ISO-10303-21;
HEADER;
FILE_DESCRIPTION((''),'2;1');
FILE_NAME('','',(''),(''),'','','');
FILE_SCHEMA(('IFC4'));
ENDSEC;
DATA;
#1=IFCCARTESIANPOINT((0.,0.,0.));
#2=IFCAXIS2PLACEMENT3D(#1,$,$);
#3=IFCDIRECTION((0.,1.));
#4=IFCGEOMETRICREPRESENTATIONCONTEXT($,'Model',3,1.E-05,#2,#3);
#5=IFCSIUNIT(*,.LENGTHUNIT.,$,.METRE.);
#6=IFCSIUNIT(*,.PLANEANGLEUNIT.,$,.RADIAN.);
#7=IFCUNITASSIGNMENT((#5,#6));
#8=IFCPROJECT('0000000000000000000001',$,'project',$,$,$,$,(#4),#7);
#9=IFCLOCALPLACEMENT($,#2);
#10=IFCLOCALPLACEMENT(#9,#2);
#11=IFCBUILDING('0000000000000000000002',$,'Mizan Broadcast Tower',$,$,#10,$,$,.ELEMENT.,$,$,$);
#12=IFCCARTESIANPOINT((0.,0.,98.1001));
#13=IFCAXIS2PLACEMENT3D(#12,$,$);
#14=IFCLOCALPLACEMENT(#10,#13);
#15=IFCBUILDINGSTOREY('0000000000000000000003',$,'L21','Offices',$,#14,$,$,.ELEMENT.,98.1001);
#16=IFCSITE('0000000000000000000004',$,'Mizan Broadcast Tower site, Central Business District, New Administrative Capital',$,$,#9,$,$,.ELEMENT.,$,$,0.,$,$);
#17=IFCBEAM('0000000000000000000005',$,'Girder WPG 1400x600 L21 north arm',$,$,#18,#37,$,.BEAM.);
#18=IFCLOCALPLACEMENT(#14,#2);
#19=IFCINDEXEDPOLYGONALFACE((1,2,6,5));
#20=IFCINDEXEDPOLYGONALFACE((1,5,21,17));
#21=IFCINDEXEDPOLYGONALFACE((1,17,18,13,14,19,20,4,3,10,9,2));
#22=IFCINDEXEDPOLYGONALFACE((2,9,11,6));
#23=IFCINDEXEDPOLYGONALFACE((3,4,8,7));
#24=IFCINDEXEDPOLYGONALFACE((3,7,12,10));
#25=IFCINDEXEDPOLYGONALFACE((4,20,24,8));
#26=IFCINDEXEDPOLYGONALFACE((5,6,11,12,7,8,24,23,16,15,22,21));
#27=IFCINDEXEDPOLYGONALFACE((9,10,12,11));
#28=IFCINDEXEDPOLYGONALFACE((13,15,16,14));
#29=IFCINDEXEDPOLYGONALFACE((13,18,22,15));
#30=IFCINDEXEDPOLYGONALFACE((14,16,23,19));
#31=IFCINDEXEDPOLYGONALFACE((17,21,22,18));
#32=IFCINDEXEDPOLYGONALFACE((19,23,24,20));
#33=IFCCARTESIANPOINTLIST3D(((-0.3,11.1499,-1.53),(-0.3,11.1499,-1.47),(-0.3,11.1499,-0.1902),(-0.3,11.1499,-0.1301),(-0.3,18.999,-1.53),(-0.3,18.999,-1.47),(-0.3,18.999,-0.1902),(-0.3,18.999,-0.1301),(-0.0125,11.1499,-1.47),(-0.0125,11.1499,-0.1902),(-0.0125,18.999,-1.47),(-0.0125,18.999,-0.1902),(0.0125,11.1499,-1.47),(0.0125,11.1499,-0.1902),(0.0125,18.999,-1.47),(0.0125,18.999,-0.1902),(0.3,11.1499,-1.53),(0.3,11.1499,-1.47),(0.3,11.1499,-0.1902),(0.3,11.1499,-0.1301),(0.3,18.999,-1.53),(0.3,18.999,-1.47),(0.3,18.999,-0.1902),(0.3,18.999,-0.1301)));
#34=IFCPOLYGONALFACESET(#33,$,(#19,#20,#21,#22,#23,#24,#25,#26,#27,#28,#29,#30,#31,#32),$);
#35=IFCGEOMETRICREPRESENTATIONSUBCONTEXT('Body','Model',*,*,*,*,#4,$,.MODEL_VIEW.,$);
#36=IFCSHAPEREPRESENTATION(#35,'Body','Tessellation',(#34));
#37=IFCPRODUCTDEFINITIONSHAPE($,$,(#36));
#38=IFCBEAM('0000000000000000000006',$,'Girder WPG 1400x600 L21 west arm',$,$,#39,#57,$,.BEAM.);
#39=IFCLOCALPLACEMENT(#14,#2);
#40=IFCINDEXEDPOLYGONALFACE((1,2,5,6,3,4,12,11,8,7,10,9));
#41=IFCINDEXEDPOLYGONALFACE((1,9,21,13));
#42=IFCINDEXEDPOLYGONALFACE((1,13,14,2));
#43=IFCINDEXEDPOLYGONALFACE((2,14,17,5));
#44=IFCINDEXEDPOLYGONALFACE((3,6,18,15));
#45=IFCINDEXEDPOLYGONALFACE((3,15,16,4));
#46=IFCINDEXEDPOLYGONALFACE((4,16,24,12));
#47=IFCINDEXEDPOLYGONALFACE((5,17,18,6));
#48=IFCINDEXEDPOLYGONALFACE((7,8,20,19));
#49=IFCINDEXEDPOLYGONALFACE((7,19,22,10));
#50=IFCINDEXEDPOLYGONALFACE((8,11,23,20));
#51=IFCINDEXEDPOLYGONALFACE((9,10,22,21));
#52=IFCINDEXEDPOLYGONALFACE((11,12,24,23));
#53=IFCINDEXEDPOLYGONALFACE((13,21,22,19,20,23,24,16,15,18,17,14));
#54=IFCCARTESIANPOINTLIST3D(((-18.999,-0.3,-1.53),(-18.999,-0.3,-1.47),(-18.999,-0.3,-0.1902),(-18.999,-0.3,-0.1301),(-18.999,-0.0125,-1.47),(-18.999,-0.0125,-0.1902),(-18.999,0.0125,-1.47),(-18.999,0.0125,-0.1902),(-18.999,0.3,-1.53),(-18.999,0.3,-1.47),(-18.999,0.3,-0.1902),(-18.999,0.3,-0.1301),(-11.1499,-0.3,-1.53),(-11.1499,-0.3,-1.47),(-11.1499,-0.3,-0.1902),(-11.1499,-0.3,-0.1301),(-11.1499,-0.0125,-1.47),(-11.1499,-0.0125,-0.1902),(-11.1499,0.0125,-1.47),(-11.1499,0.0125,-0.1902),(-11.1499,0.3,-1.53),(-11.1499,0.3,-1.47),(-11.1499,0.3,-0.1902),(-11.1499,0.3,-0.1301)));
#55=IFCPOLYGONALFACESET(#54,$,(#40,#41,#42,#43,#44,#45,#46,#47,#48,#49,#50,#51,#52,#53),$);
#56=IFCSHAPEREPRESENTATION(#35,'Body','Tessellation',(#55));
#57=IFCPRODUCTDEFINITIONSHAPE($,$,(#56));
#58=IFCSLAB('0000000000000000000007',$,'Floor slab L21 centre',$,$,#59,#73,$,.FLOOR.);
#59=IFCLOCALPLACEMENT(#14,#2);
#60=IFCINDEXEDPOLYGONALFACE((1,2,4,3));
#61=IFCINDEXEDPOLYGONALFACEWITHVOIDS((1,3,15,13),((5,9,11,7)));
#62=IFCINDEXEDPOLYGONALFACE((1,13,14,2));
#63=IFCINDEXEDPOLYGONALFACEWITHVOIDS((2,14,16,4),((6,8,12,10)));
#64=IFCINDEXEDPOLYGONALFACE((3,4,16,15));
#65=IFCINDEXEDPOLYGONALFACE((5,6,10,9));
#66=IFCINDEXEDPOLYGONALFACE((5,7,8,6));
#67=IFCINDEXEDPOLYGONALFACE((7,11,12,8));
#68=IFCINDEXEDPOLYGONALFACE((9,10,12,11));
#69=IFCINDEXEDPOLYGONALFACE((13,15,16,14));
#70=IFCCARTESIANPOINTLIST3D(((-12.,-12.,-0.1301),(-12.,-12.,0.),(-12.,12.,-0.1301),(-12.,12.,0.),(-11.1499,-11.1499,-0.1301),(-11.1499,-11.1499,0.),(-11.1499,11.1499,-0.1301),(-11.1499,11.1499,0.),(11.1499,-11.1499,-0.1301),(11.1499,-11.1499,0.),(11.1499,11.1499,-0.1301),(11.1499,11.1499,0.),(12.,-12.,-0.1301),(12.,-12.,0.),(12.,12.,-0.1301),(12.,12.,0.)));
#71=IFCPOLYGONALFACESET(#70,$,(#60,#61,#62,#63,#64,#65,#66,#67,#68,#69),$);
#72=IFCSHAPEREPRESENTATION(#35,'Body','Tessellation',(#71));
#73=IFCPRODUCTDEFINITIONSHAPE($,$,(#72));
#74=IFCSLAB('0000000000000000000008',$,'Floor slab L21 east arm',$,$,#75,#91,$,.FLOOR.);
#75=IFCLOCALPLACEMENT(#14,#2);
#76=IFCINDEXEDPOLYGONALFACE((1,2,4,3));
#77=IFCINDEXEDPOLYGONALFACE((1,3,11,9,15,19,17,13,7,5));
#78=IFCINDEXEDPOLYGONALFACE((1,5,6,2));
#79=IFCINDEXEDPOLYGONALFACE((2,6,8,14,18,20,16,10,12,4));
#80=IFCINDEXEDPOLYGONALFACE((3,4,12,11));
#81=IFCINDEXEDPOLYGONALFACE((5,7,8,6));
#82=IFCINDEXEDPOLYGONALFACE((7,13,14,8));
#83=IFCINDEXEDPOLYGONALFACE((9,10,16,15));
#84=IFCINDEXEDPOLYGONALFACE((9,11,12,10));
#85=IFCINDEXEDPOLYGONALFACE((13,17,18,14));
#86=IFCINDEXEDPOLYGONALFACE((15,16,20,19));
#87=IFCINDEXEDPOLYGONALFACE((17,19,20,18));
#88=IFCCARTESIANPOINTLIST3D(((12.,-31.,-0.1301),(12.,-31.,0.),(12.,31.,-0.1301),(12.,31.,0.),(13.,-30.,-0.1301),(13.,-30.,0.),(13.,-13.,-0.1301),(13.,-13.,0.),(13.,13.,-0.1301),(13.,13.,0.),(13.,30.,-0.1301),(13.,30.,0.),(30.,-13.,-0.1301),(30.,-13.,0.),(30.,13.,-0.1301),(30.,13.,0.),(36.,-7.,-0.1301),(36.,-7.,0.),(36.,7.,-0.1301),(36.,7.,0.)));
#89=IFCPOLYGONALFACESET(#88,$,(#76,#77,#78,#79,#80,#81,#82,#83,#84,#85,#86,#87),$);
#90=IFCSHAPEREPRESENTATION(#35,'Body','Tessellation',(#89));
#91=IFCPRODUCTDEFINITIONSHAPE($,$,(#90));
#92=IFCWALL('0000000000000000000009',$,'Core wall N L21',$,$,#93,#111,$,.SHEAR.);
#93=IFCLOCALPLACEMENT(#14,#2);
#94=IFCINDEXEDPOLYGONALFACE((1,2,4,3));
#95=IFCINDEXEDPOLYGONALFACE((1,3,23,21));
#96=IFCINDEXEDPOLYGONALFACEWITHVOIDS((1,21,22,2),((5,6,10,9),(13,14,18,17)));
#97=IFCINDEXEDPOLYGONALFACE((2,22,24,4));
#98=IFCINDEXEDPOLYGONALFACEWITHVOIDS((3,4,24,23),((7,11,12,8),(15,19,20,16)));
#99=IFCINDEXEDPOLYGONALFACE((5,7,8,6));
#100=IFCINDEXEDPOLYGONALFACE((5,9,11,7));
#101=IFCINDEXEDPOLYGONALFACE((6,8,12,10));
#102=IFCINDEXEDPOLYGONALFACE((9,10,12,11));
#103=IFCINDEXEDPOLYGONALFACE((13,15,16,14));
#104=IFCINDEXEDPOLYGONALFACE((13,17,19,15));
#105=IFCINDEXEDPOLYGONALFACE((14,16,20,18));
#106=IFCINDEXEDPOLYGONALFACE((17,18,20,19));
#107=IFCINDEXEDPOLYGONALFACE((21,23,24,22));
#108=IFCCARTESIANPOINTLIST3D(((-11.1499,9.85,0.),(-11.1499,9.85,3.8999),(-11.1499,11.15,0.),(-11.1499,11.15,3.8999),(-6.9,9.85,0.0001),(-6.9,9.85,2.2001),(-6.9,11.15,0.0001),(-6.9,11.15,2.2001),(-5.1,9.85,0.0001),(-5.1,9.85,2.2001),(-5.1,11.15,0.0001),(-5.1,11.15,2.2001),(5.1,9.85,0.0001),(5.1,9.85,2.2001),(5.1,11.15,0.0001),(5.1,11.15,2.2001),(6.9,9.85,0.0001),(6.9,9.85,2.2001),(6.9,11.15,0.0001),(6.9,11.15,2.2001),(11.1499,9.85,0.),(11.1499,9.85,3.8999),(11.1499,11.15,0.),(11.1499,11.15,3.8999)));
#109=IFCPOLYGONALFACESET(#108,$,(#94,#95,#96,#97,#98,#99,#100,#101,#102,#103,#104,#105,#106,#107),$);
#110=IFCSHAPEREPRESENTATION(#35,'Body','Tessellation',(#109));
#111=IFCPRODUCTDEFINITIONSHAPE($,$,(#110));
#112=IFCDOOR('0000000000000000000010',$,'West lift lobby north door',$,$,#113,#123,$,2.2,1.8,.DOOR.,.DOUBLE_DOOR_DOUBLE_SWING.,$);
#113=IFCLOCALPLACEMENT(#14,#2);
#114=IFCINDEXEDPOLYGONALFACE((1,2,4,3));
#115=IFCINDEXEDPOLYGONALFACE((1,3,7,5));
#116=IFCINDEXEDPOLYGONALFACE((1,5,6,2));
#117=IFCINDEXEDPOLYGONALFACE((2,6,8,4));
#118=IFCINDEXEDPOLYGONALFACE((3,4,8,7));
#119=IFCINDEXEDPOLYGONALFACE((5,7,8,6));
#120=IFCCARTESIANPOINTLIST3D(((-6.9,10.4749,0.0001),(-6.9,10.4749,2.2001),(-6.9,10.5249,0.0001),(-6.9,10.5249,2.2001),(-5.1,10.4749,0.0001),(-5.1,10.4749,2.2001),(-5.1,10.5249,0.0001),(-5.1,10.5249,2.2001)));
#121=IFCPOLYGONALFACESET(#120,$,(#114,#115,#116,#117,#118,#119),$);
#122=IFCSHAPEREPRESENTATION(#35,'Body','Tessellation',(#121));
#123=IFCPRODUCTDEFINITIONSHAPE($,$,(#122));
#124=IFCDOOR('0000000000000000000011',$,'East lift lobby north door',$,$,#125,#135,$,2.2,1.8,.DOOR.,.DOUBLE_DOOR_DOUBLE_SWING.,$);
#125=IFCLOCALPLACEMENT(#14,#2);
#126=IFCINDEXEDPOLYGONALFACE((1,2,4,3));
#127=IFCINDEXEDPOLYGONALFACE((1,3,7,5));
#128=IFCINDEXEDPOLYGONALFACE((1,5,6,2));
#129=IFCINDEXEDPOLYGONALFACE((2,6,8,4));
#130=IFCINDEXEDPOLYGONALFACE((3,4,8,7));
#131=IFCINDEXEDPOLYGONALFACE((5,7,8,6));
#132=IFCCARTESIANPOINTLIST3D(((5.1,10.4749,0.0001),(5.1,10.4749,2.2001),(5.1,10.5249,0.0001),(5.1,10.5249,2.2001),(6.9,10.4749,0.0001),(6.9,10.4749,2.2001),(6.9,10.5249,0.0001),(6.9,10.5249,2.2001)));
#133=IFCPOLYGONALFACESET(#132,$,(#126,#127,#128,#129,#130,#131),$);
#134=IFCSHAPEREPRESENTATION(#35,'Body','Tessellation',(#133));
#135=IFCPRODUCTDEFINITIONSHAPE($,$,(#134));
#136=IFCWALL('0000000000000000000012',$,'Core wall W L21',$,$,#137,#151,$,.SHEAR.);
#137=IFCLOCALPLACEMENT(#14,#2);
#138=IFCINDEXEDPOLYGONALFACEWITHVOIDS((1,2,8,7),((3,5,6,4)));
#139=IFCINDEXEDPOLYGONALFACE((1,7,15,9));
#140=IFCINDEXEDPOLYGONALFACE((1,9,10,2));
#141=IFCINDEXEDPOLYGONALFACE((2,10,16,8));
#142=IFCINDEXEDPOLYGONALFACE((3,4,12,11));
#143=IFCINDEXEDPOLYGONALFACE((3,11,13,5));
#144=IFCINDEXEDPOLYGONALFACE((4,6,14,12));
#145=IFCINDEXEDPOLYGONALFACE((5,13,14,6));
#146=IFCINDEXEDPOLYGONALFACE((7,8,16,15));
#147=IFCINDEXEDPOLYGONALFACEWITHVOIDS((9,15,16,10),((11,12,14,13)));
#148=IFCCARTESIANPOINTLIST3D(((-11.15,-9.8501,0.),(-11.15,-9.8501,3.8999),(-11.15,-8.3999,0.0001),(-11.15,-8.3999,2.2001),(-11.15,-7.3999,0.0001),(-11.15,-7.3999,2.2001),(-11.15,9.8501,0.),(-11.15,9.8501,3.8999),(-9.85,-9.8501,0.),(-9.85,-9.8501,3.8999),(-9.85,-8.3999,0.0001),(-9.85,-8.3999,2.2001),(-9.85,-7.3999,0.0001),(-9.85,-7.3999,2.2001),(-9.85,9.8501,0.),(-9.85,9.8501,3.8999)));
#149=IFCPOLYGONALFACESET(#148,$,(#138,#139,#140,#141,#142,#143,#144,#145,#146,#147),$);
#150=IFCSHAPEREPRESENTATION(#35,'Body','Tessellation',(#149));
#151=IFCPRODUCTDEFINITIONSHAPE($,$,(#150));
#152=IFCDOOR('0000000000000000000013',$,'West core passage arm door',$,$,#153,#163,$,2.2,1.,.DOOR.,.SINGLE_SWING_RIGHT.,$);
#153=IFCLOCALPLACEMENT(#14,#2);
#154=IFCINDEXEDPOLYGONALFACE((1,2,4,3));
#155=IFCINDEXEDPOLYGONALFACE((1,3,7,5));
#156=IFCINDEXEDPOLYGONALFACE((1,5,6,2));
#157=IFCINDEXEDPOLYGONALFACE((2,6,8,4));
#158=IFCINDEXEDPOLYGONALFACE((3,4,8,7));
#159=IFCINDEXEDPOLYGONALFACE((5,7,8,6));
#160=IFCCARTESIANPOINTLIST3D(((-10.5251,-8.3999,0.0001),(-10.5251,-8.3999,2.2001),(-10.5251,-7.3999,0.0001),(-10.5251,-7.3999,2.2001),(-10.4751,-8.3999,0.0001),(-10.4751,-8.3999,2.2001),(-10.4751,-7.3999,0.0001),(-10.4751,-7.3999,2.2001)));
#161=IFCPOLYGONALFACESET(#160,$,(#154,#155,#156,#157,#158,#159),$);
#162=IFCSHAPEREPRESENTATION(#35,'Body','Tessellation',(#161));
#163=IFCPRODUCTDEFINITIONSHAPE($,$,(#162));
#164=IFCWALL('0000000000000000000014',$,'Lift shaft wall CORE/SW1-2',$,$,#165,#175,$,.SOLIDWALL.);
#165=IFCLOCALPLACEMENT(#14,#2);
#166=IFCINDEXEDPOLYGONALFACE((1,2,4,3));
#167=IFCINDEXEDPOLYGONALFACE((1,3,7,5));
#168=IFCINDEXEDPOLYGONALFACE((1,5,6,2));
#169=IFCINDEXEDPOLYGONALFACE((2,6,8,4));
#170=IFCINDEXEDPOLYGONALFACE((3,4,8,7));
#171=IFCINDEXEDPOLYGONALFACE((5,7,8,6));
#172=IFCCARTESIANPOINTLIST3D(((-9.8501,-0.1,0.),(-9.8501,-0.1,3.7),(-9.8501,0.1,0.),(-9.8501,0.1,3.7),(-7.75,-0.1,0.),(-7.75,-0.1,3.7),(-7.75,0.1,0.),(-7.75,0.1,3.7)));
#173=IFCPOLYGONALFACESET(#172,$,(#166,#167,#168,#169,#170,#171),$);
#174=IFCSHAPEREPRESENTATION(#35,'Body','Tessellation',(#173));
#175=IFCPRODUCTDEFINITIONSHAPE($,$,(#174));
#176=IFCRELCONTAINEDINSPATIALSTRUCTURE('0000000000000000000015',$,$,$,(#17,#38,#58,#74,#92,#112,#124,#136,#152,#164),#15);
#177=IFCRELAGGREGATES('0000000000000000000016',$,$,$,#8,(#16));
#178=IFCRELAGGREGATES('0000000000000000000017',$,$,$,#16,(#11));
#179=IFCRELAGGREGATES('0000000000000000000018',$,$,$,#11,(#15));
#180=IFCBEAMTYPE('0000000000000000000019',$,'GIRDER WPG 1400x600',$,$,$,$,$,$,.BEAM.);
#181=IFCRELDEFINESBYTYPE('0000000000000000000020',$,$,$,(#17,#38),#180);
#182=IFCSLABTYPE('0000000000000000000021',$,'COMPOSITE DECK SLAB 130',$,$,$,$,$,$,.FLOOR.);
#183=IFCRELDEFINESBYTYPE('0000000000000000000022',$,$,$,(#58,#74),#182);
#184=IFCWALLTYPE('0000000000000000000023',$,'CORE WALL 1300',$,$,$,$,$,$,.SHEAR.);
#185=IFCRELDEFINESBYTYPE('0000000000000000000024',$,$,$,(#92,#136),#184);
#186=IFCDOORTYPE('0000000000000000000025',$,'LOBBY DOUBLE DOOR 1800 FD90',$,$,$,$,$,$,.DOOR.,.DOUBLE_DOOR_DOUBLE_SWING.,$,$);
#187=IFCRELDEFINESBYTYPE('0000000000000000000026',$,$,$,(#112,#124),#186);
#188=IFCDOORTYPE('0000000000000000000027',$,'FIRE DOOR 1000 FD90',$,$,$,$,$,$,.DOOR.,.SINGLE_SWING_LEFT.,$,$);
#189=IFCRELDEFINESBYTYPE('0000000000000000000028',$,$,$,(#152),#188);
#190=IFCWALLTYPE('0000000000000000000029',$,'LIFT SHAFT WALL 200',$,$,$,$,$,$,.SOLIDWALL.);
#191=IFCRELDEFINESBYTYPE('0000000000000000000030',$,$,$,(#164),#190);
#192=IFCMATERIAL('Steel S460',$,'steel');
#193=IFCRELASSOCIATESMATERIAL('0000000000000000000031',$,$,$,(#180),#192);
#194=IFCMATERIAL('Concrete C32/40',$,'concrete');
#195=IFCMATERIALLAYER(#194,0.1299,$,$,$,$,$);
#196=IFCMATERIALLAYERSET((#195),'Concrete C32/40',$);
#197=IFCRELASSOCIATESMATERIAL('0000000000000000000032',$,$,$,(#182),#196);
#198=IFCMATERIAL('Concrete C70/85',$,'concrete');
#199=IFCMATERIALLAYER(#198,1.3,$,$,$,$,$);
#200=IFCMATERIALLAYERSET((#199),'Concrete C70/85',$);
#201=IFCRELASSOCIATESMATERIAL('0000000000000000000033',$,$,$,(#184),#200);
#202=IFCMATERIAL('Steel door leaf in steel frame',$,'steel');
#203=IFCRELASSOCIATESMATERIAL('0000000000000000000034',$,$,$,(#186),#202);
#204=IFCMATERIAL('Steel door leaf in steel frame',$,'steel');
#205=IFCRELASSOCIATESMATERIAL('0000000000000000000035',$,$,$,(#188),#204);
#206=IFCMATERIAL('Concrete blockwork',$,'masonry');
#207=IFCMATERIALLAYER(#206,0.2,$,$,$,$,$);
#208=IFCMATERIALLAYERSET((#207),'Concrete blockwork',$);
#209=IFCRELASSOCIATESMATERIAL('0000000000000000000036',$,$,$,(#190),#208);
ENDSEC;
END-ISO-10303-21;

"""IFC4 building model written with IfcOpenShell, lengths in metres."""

from ifc_helpers import new_model, si_unit, direction, frame, frame_2d, origin, origin_2d, place, context, subcontext, project, spatial, polyline, rectangle, i_section, outline, extrude, material, layer, layer_set, material_profile, profile_set, type_object, element, fill, save


model = new_model("IFC4")

# Units and contexts
model_context = context("Model", 3, precision=1e-05, world=origin(), true_north=direction((0.0, 1.0)))
body_context = subcontext(model_context, "Body", "Model", "MODEL_VIEW")
ifc_project = project(units=[si_unit("LENGTHUNIT", "METRE"), si_unit("PLANEANGLEUNIT", "RADIAN")], contexts=[model_context])

# Site, building, storey
site_placement = place(None, origin())
site = spatial("IfcSite", under=ifc_project, at=site_placement, Name="Mizan Broadcast Tower site, Central Business District, New Administrative Capital", CompositionType="ELEMENT", RefElevation=0.0)
building_placement = place(site_placement, origin())
building = spatial("IfcBuilding", under=site, at=building_placement, Name="Mizan Broadcast Tower", CompositionType="ELEMENT")
storey_placement = place(building_placement, frame((0.0, 0.0, 98.1001)))
storey = spatial("IfcBuildingStorey", under=building, at=storey_placement, Name="L21", Description="Offices", CompositionType="ELEMENT", Elevation=98.1001)

# Beams
ifc_material_1 = material(Name="Steel S460", Category="steel")
ifc_material_profile = material_profile(ifc_material_1, i_section(OverallWidth=0.6001, OverallDepth=1.3999, WebThickness=0.0249, FlangeThickness=0.0601, at=origin_2d()), Name="WPG 1400x600")
ifc_profile_set = profile_set([ifc_material_profile], Name="Steel S460")
beam_type = type_object("IfcBeamType", Name="GIRDER WPG 1400x600", PredefinedType="BEAM", material=ifc_profile_set)
for number, where, z_axis, x_axis, name in (
    (1, (0.0, 11.1499, -0.8301), (0.0, 1.0, 0.0), (-1.0, 0.0, 0.0), "Girder WPG 1400x600 L21 north arm"),
    (2, (-11.1499, 0.0, -0.8301), (-1.0, 0.0, 0.0), (0.0, -1.0, 0.0), "Girder WPG 1400x600 L21 west arm"),
):
    element("IfcBeam", number, at=place(storey_placement, frame(where, z_axis=z_axis, x_axis=x_axis)), inside=storey, type_object=beam_type, Name=name, PredefinedType="BEAM", context=body_context, shape_type="SweptSolid", body=[
        extrude(i_section(OverallWidth=0.6001, OverallDepth=1.3999, WebThickness=0.0249, FlangeThickness=0.0601, at=origin_2d()), origin(), (0.0, 0.0, 1.0), 7.8491),
    ])

# Slabs
ifc_material_2 = material(Name="Concrete C32/40", Category="concrete")
ifc_layer_1 = layer(ifc_material_2, 0.1299)
ifc_layer_set_1 = layer_set([ifc_layer_1], Name="Concrete C32/40")
slab_type = type_object("IfcSlabType", Name="COMPOSITE DECK SLAB 130", PredefinedType="FLOOR", material=ifc_layer_set_1)
slab_1_placement = place(storey_placement, frame((0.0, 0.0, -0.1301)))
element("IfcSlab", 3, at=slab_1_placement, inside=storey, type_object=slab_type, Name="Floor slab L21 centre", PredefinedType="FLOOR", context=body_context, shape_type="SweptSolid", body=[
    extrude(outline(polyline([(-12.0, -12.0), (12.0, -12.0), (12.0, 12.0), (-12.0, 12.0), (-12.0, -12.0)]), holes=[polyline([(-11.1499, 11.1499), (11.1499, 11.1499), (11.1499, -11.1499), (-11.1499, -11.1499), (-11.1499, 11.1499)])]), origin(), (0.0, 0.0, 1.0), 0.1301),
])
slab_2_placement = place(storey_placement, frame((0.0, 0.0, -0.1301)))
element("IfcSlab", 4, at=slab_2_placement, inside=storey, type_object=slab_type, Name="Floor slab L21 east arm", PredefinedType="FLOOR", context=body_context, shape_type="SweptSolid", body=[
    extrude(outline(polyline([(12.0, -31.0), (13.0, -30.0), (13.0, -13.0), (30.0, -13.0), (36.0, -7.0), (36.0, 7.0), (30.0, 13.0), (13.0, 13.0), (13.0, 30.0), (12.0, 31.0), (12.0, -31.0)])), origin(), (0.0, 0.0, 1.0), 0.1301),
])

# Wall, openings, doors
ifc_material_3 = material(Name="Concrete C70/85", Category="concrete")
ifc_layer_2 = layer(ifc_material_3, 1.3)
ifc_layer_set_2 = layer_set([ifc_layer_2], Name="Concrete C70/85")
wall_type_1 = type_object("IfcWallType", Name="CORE WALL 1300", PredefinedType="SHEAR", material=ifc_layer_set_2)
wall_1_placement = place(storey_placement, frame((-11.1499, 10.5, 0.0), z_axis=(0.0, 0.0, 1.0), x_axis=(1.0, 0.0, 0.0)))
wall_1 = element("IfcWall", 5, at=wall_1_placement, inside=storey, type_object=wall_type_1, Name="Core wall N L21", PredefinedType="SHEAR", context=body_context, shape_type="SweptSolid", body=[
    extrude(rectangle(XDim=22.2998, YDim=1.3, at=frame_2d((11.1499, 0.0))), origin(), (0.0, 0.0, 1.0), 3.8999),
])
opening_1_placement = place(wall_1_placement, frame((4.25, 0.0, 0.0)))
opening_1 = element("IfcOpeningElement", 6, at=opening_1_placement, cuts=wall_1, PredefinedType="OPENING", context=body_context, shape_type="SweptSolid", body=[
    extrude(rectangle(XDim=1.8, YDim=2.2, at=frame_2d((0.8999, 1.1001))), frame((0.0, 0.6599, 0.0), z_axis=(0.0, -1.0, 0.0), x_axis=(1.0, 0.0, 0.0)), (0.0, 0.0, 1.0), 1.3201),
])
opening_2_placement = place(wall_1_placement, frame((16.25, 0.0, 0.0)))
opening_2 = element("IfcOpeningElement", 7, at=opening_2_placement, cuts=wall_1, PredefinedType="OPENING", context=body_context, shape_type="SweptSolid", body=[
    extrude(rectangle(XDim=1.8, YDim=2.2, at=frame_2d((0.8999, 1.1001))), frame((0.0, 0.6599, 0.0), z_axis=(0.0, -1.0, 0.0), x_axis=(1.0, 0.0, 0.0)), (0.0, 0.0, 1.0), 1.3201),
])
ifc_material_4 = material(Name="Steel door leaf in steel frame", Category="steel")
door_type_1 = type_object("IfcDoorType", Name="LOBBY DOUBLE DOOR 1800 FD90", OperationType="DOUBLE_DOOR_DOUBLE_SWING", PredefinedType="DOOR", material=ifc_material_4)
door_1_placement = place(opening_1_placement, origin())
door_1 = element("IfcDoor", 8, at=door_1_placement, inside=storey, type_object=door_type_1, Name="West lift lobby north door", OperationType="DOUBLE_DOOR_DOUBLE_SWING", OverallHeight=2.2, OverallWidth=1.8, PredefinedType="DOOR", context=body_context, shape_type="SweptSolid", body=[
    extrude(rectangle(XDim=1.8, YDim=2.2, at=frame_2d((0.8999, 1.1001))), frame((0.0, 0.0249, 0.0), z_axis=(0.0, -1.0, 0.0), x_axis=(1.0, 0.0, 0.0)), (0.0, 0.0, 1.0), 0.05),
])
fill(opening_1, door_1)
door_2_placement = place(opening_2_placement, origin())
door_2 = element("IfcDoor", 9, at=door_2_placement, inside=storey, type_object=door_type_1, Name="East lift lobby north door", OperationType="DOUBLE_DOOR_DOUBLE_SWING", OverallHeight=2.2, OverallWidth=1.8, PredefinedType="DOOR", context=body_context, shape_type="SweptSolid", body=[
    extrude(rectangle(XDim=1.8, YDim=2.2, at=frame_2d((0.8999, 1.1001))), frame((0.0, 0.0249, 0.0), z_axis=(0.0, -1.0, 0.0), x_axis=(1.0, 0.0, 0.0)), (0.0, 0.0, 1.0), 0.05),
])
fill(opening_2, door_2)

# Wall, opening, door
wall_2_placement = place(storey_placement, frame((-10.5, 9.8501, 0.0), z_axis=(0.0, 0.0, 1.0), x_axis=(0.0, -1.0, 0.0)))
wall_2 = element("IfcWall", 10, at=wall_2_placement, inside=storey, type_object=wall_type_1, Name="Core wall W L21", PredefinedType="SHEAR", context=body_context, shape_type="SweptSolid", body=[
    extrude(rectangle(XDim=19.7002, YDim=1.3, at=frame_2d((9.8501, 0.0))), origin(), (0.0, 0.0, 1.0), 3.8999),
])
opening_3_placement = place(wall_2_placement, frame((17.25, 0.0, 0.0)))
opening_3 = element("IfcOpeningElement", 11, at=opening_3_placement, cuts=wall_2, PredefinedType="OPENING", context=body_context, shape_type="SweptSolid", body=[
    extrude(rectangle(XDim=1.0, YDim=2.2, at=frame_2d((0.5, 1.1001))), frame((0.0, 0.6599, 0.0), z_axis=(0.0, -1.0, 0.0), x_axis=(1.0, 0.0, 0.0)), (0.0, 0.0, 1.0), 1.3201),
])
ifc_material_5 = material(Name="Steel door leaf in steel frame", Category="steel")
door_type_2 = type_object("IfcDoorType", Name="FIRE DOOR 1000 FD90", OperationType="SINGLE_SWING_LEFT", PredefinedType="DOOR", material=ifc_material_5)
door_3_placement = place(opening_3_placement, origin())
door_3 = element("IfcDoor", 12, at=door_3_placement, inside=storey, type_object=door_type_2, Name="West core passage arm door", OperationType="SINGLE_SWING_RIGHT", OverallHeight=2.2, OverallWidth=1.0, PredefinedType="DOOR", context=body_context, shape_type="SweptSolid", body=[
    extrude(rectangle(XDim=1.0, YDim=2.2, at=frame_2d((0.5, 1.1001))), frame((0.0, 0.0249, 0.0), z_axis=(0.0, -1.0, 0.0), x_axis=(1.0, 0.0, 0.0)), (0.0, 0.0, 1.0), 0.05),
])
fill(opening_3, door_3)

# Wall
ifc_material_6 = material(Name="Concrete blockwork", Category="masonry")
ifc_layer_3 = layer(ifc_material_6, 0.2)
ifc_layer_set_3 = layer_set([ifc_layer_3], Name="Concrete blockwork")
wall_type_2 = type_object("IfcWallType", Name="LIFT SHAFT WALL 200", PredefinedType="SOLIDWALL", material=ifc_layer_set_3)
for number, where, z_axis, x_axis, name in (
    (13, (-9.8501, 0.0, 0.0), (0.0, 0.0, 1.0), (1.0, 0.0, 0.0), "Lift shaft wall CORE/SW1-2"),
):
    element("IfcWall", number, at=place(storey_placement, frame(where, z_axis=z_axis, x_axis=x_axis)), inside=storey, type_object=wall_type_2, Name=name, PredefinedType="SOLIDWALL", context=body_context, shape_type="SweptSolid", body=[
        extrude(rectangle(XDim=2.1001, YDim=0.2, at=frame_2d((1.05, 0.0))), origin(), (0.0, 0.0, 1.0), 3.7),
    ])

save(model, "model.ifc")
